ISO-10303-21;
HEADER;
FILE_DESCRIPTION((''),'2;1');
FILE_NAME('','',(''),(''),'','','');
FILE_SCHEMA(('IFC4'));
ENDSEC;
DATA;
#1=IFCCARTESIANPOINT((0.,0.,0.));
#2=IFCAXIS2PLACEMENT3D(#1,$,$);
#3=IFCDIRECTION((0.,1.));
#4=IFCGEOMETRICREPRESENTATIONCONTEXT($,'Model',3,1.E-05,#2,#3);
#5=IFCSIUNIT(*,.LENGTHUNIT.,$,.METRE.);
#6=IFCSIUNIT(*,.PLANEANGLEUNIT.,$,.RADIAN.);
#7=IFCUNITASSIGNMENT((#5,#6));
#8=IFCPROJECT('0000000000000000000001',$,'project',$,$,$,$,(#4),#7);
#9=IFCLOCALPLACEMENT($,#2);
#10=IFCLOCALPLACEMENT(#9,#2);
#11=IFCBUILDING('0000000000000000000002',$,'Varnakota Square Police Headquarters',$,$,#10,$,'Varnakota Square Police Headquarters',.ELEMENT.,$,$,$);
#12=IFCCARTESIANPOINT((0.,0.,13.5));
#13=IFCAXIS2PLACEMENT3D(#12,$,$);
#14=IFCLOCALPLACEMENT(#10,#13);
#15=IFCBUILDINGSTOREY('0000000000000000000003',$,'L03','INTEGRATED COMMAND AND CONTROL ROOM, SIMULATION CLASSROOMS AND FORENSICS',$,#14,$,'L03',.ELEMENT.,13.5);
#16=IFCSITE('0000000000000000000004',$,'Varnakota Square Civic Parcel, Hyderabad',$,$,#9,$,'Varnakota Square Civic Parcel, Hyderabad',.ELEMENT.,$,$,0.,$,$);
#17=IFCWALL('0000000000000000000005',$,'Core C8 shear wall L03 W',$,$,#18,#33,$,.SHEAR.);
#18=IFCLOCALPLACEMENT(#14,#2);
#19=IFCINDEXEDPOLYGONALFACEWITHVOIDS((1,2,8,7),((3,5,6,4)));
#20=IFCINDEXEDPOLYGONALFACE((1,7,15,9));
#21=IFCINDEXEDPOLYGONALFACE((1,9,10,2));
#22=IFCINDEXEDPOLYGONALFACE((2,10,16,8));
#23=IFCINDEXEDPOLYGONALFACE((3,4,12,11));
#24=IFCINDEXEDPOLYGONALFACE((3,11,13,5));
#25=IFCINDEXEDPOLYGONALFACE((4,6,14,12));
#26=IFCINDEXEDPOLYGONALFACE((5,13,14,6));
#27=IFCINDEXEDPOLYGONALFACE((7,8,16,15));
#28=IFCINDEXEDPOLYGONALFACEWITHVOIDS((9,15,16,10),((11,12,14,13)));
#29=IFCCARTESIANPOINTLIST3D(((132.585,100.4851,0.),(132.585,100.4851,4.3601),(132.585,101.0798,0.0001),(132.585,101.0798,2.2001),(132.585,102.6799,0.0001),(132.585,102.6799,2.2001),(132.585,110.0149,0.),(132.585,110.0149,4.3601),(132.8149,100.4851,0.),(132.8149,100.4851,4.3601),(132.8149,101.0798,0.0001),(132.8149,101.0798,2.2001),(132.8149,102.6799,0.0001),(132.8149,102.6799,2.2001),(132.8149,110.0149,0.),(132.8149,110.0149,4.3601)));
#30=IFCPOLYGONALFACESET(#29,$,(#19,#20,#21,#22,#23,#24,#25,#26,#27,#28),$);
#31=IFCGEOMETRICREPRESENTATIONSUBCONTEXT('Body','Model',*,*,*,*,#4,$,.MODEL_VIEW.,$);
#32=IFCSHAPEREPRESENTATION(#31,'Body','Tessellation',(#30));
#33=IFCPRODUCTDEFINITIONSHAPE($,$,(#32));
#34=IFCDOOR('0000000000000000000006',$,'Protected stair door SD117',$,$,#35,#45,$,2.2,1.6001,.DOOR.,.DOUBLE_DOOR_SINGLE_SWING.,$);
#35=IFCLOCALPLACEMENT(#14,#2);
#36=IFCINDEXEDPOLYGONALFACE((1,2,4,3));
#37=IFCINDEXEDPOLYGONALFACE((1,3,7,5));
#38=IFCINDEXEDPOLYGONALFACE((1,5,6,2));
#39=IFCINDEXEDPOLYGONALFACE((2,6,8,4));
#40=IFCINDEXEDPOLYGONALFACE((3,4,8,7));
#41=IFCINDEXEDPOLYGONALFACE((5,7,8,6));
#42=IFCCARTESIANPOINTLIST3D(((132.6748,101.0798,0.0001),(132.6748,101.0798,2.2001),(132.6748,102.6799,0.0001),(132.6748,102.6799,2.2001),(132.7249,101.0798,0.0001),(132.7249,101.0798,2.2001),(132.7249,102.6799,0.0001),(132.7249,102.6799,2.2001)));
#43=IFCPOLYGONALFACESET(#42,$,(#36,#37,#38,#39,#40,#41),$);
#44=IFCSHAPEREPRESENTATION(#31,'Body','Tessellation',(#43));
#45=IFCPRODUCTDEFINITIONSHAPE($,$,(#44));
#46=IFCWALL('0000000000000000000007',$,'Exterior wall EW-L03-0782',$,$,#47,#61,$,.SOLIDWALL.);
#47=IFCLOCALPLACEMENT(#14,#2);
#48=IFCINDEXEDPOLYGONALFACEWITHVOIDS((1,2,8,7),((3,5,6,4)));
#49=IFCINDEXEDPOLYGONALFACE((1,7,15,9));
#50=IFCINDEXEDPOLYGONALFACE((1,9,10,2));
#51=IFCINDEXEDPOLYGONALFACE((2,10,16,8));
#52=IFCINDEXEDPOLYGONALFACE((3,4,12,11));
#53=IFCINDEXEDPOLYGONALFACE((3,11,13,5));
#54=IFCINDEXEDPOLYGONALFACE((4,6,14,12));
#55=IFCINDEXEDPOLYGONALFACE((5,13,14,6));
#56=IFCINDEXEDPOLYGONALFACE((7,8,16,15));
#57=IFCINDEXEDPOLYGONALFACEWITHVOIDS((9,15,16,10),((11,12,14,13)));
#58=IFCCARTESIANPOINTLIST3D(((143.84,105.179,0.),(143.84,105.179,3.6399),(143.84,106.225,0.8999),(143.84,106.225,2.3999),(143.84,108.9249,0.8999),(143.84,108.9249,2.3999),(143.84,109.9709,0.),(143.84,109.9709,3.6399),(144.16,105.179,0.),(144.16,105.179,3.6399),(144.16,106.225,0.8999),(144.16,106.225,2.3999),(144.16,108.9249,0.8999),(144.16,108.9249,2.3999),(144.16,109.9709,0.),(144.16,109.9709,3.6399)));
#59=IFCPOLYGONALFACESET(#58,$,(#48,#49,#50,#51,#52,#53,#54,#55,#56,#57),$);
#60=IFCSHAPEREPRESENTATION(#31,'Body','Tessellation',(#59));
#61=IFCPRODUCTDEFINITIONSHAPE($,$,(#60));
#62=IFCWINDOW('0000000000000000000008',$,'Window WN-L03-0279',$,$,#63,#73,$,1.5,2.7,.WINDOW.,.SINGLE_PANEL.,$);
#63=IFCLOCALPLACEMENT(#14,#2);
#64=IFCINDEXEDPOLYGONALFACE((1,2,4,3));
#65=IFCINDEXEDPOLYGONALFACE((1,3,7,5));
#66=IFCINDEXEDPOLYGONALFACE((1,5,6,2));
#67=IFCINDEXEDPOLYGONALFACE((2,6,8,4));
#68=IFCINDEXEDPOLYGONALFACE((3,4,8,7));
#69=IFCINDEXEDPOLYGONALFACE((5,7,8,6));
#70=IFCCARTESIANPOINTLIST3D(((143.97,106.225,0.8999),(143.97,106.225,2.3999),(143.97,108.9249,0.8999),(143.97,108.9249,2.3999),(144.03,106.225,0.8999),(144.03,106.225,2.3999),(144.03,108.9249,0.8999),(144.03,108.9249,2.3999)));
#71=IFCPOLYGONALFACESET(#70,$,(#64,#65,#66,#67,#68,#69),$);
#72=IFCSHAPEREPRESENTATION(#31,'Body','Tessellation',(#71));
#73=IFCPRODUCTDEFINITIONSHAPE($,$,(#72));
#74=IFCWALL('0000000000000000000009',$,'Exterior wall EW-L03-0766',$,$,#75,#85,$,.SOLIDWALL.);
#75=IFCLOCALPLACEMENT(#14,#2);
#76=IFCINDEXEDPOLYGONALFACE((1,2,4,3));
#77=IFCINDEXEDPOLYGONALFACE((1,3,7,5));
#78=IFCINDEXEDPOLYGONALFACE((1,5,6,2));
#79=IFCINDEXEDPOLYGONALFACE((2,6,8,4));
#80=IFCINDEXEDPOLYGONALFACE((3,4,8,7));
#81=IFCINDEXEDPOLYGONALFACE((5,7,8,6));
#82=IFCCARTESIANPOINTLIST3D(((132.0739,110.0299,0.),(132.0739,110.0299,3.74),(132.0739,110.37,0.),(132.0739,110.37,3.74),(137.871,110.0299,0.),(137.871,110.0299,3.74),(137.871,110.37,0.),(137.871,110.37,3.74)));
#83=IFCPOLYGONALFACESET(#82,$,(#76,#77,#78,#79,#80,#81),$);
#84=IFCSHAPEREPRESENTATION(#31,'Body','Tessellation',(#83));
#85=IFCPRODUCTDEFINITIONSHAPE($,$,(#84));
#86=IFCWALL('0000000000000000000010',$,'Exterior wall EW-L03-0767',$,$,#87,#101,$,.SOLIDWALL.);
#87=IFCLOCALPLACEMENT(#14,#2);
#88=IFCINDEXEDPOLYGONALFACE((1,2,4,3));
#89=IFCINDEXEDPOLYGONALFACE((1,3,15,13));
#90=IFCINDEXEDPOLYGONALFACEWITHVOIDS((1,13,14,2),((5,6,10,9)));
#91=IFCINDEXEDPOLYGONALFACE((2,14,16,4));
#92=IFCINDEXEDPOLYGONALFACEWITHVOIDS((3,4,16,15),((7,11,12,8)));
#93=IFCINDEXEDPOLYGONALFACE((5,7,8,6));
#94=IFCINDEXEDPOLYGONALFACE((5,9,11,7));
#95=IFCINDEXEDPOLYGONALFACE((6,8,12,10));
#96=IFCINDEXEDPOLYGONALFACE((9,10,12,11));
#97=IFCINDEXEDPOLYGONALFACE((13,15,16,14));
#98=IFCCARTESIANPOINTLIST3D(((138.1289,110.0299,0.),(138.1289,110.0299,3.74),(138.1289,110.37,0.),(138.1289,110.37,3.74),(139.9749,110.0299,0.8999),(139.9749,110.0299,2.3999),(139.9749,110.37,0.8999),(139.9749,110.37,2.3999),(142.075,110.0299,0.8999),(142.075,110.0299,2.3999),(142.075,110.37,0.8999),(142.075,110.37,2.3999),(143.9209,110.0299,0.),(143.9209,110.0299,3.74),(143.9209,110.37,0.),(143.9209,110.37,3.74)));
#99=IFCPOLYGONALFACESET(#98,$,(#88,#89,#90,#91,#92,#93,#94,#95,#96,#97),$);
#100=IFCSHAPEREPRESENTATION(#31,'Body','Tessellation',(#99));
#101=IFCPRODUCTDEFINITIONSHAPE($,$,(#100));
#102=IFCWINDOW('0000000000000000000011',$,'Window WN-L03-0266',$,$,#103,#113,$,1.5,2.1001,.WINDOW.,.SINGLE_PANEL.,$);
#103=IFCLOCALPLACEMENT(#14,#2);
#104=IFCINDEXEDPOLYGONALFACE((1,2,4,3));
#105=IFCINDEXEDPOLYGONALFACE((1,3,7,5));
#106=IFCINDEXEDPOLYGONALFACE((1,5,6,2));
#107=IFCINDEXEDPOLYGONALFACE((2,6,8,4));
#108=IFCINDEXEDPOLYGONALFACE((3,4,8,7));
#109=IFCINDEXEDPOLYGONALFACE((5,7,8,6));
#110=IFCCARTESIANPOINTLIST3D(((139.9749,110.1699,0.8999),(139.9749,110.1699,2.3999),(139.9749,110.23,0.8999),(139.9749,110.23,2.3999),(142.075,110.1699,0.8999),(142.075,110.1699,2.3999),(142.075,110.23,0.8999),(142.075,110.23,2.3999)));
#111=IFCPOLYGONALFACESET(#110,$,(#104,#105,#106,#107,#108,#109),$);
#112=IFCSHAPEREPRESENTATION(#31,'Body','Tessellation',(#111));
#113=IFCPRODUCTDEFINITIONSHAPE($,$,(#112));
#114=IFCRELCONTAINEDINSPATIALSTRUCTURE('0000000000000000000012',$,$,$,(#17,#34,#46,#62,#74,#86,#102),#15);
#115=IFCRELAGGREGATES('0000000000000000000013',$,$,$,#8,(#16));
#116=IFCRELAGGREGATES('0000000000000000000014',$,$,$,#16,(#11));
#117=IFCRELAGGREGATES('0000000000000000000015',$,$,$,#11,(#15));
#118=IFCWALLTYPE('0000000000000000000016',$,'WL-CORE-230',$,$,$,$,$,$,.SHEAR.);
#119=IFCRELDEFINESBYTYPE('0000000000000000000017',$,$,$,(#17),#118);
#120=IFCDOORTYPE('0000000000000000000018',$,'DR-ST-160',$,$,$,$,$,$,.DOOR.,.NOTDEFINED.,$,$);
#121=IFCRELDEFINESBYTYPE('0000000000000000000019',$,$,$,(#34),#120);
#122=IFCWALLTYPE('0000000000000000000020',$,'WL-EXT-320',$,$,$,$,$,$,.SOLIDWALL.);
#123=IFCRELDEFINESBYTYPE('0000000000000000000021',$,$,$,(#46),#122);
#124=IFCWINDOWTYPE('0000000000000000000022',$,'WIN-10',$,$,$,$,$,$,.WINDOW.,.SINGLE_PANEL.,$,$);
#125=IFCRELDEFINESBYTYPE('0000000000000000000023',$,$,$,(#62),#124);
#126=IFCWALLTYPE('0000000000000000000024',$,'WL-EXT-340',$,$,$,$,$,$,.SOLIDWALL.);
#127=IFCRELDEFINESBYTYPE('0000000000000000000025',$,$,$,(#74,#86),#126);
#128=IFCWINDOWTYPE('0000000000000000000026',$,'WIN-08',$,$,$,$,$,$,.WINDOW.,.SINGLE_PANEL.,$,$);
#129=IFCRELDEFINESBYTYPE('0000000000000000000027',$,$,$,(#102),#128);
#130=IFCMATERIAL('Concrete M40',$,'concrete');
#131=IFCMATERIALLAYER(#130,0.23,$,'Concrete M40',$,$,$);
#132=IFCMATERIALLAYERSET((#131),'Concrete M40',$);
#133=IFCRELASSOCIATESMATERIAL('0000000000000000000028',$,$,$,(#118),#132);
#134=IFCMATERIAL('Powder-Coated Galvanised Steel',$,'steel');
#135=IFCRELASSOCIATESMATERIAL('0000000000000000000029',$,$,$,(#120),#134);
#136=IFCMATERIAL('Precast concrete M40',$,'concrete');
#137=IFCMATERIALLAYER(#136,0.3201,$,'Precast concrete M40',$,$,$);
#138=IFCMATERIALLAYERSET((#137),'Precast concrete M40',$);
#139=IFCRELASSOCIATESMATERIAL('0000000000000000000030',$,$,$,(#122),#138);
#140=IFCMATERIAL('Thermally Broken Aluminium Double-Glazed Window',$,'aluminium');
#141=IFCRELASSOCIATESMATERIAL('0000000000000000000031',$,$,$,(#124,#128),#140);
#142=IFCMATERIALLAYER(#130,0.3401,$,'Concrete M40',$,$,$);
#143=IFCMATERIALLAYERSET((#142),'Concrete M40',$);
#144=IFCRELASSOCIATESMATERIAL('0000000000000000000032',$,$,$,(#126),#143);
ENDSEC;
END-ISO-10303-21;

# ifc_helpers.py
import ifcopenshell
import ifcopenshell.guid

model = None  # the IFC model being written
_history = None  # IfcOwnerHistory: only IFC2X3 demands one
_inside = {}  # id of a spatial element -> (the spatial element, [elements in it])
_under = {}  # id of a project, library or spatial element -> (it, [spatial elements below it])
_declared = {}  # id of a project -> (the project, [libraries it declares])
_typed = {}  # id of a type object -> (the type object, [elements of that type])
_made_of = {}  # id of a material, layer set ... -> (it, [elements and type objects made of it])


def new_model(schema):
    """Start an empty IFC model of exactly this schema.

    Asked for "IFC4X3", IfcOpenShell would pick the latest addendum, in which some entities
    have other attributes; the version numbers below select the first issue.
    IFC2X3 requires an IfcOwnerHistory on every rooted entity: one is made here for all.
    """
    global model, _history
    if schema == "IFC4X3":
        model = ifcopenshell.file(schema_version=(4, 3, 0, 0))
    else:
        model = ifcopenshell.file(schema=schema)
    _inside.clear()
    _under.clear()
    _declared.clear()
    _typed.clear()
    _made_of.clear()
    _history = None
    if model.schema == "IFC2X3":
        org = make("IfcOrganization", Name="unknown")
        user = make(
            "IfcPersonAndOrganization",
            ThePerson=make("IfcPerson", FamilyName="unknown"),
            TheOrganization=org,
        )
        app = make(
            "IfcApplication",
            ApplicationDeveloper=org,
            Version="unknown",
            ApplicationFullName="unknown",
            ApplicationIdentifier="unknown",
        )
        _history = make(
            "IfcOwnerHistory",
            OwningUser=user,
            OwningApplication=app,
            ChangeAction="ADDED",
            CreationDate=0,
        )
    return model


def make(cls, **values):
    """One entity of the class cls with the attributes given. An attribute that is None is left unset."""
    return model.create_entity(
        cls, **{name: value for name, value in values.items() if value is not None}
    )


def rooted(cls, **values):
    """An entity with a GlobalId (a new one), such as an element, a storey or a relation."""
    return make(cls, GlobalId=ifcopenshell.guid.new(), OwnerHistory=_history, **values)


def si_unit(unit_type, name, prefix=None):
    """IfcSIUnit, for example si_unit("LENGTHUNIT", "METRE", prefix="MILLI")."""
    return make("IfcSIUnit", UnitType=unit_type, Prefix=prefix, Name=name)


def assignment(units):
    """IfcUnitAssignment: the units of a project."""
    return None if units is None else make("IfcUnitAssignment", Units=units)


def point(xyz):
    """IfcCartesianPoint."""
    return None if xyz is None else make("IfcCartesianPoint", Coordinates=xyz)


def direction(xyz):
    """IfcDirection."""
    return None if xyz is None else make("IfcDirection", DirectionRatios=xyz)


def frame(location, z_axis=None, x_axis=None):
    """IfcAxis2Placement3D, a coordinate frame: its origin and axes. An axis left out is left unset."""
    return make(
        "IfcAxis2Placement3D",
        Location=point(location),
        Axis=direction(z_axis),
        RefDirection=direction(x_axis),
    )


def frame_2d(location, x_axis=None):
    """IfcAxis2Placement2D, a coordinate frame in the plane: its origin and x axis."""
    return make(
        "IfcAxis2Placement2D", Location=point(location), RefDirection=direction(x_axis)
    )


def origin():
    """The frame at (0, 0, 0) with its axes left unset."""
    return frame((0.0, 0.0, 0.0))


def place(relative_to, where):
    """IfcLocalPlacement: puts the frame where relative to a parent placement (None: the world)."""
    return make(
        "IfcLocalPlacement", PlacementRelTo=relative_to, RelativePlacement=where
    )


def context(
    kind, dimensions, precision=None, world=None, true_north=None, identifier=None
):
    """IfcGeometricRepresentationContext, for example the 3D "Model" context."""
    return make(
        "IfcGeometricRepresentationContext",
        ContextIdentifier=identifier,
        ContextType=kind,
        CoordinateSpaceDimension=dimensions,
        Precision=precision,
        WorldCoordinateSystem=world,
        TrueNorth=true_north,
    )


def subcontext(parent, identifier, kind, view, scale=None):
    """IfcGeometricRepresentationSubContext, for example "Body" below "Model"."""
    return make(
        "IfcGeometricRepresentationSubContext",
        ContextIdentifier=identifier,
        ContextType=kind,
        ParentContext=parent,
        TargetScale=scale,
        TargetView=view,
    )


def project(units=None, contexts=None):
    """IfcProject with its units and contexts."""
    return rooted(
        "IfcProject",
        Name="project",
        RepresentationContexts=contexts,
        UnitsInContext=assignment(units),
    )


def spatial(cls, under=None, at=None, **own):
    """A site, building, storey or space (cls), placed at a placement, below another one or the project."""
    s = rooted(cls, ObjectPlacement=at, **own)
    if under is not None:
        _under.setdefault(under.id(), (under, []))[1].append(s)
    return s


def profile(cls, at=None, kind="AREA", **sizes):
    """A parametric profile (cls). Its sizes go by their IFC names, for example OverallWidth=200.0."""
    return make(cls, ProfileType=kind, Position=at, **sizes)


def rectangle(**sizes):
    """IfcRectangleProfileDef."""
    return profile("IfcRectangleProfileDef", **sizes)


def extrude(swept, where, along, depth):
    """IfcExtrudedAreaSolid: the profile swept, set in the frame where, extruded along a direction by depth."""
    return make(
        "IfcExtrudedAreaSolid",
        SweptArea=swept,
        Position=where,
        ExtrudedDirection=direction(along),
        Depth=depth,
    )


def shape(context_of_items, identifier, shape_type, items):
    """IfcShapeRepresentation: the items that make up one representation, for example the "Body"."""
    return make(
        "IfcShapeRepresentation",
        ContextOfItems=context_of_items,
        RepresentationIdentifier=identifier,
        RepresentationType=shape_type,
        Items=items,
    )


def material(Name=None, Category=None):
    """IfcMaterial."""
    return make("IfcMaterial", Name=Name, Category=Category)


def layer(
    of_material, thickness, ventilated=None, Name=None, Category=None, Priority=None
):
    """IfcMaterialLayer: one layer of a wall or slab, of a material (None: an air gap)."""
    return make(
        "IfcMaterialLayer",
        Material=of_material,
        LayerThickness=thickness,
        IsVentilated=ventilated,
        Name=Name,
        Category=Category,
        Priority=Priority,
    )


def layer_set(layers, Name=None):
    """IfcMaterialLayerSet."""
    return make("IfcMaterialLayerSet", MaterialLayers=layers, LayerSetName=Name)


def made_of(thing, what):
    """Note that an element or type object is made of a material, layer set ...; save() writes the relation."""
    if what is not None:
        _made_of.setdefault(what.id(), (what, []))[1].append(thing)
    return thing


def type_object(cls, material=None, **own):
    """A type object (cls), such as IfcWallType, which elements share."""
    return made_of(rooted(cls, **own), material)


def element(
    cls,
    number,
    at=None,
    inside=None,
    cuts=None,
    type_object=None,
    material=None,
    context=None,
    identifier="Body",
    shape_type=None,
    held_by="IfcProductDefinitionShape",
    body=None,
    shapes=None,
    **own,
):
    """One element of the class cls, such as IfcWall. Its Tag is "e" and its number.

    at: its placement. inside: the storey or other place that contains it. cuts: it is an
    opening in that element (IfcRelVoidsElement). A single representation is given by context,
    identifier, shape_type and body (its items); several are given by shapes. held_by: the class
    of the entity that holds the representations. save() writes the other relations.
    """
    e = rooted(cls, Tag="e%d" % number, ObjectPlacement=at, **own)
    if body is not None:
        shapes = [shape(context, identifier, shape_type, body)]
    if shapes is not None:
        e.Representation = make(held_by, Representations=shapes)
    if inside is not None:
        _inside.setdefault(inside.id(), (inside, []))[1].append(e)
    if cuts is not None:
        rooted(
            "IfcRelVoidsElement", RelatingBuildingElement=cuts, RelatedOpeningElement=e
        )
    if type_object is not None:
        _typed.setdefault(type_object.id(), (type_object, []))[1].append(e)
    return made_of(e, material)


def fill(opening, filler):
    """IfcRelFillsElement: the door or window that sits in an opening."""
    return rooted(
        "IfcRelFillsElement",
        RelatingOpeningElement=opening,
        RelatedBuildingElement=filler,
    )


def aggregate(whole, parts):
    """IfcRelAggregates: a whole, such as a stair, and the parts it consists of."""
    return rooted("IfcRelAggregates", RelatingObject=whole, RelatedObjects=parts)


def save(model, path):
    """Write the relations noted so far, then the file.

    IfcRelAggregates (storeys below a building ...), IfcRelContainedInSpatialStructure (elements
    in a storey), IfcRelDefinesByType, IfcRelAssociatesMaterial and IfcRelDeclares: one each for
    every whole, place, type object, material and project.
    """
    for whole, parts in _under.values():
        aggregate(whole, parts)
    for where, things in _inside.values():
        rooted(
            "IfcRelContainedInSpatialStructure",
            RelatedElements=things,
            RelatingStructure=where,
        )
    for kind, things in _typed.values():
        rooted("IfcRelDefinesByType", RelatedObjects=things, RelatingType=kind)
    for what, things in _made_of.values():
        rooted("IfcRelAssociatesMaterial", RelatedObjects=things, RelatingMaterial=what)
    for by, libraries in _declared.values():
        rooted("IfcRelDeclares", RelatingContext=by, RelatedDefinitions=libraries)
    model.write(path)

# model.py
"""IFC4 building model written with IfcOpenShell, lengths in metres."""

from ifc_helpers import new_model, si_unit, direction, frame, frame_2d, origin, place, context, subcontext, project, spatial, rectangle, extrude, material, layer, layer_set, type_object, element, fill, save


model = new_model("IFC4")

# Units and contexts
model_context = context("Model", 3, precision=1e-05, world=origin(), true_north=direction((0.0, 1.0)))
body_context = subcontext(model_context, "Body", "Model", "MODEL_VIEW")
ifc_project = project(units=[si_unit("LENGTHUNIT", "METRE"), si_unit("PLANEANGLEUNIT", "RADIAN")], contexts=[model_context])

# Site, building, storey
site_placement = place(None, origin())
site = spatial("IfcSite", under=ifc_project, at=site_placement, Name="Varnakota Square Civic Parcel, Hyderabad", LongName="Varnakota Square Civic Parcel, Hyderabad", CompositionType="ELEMENT", RefElevation=0.0)
building_placement = place(site_placement, origin())
building = spatial("IfcBuilding", under=site, at=building_placement, Name="Varnakota Square Police Headquarters", LongName="Varnakota Square Police Headquarters", CompositionType="ELEMENT")
storey_placement = place(building_placement, frame((0.0, 0.0, 13.5)))
storey = spatial("IfcBuildingStorey", under=building, at=storey_placement, Name="L03", Description="INTEGRATED COMMAND AND CONTROL ROOM, SIMULATION CLASSROOMS AND FORENSICS", LongName="L03", CompositionType="ELEMENT", Elevation=13.5)

# Shared definitions
ifc_material_1 = material(Name="Concrete M40", Category="concrete")
ifc_layer_1 = layer(ifc_material_1, 0.23, Name="Concrete M40")
ifc_layer_set_1 = layer_set([ifc_layer_1], Name="Concrete M40")
wall_type_1 = type_object("IfcWallType", Name="WL-CORE-230", PredefinedType="SHEAR", material=ifc_layer_set_1)

# Wall, opening, door
wall_1_placement = place(storey_placement, frame((132.7, 110.0149, 0.0), z_axis=(0.0, 0.0, 1.0), x_axis=(0.0, -1.0, 0.0)))
wall_1 = element("IfcWall", 1, at=wall_1_placement, inside=storey, type_object=wall_type_1, Name="Core C8 shear wall L03 W", PredefinedType="SHEAR", context=body_context, shape_type="SweptSolid", body=[
    extrude(rectangle(XDim=9.5298, YDim=0.23, at=frame_2d((4.7649, 0.0))), origin(), (0.0, 0.0, 1.0), 4.3601),
])
opening_1_placement = place(wall_1_placement, frame((7.335, 0.0, 0.0)))
opening_1 = element("IfcOpeningElement", 2, at=opening_1_placement, cuts=wall_1, PredefinedType="OPENING", context=body_context, shape_type="SweptSolid", body=[
    extrude(rectangle(XDim=1.6001, YDim=2.2, at=frame_2d((0.8, 1.1001))), frame((0.0, 0.125, 0.0), z_axis=(0.0, -1.0, 0.0), x_axis=(1.0, 0.0, 0.0)), (0.0, 0.0, 1.0), 0.25),
])
ifc_material_2 = material(Name="Powder-Coated Galvanised Steel", Category="steel")
door_type = type_object("IfcDoorType", Name="DR-ST-160", OperationType="NOTDEFINED", PredefinedType="DOOR", material=ifc_material_2)
door_placement = place(opening_1_placement, origin())
door = element("IfcDoor", 3, at=door_placement, inside=storey, type_object=door_type, Name="Protected stair door SD117", OperationType="DOUBLE_DOOR_SINGLE_SWING", OverallHeight=2.2, OverallWidth=1.6001, PredefinedType="DOOR", context=body_context, shape_type="SweptSolid", body=[
    extrude(rectangle(XDim=1.6001, YDim=2.2, at=frame_2d((0.8, 1.1001))), frame((0.0, 0.0249, 0.0), z_axis=(0.0, -1.0, 0.0), x_axis=(1.0, 0.0, 0.0)), (0.0, 0.0, 1.0), 0.05),
])
fill(opening_1, door)

# Wall, opening, window
ifc_material_3 = material(Name="Precast concrete M40", Category="concrete")
ifc_layer_2 = layer(ifc_material_3, 0.3201, Name="Precast concrete M40")
ifc_layer_set_2 = layer_set([ifc_layer_2], Name="Precast concrete M40")
wall_type_2 = type_object("IfcWallType", Name="WL-EXT-320", PredefinedType="SOLIDWALL", material=ifc_layer_set_2)
wall_2_placement = place(storey_placement, frame((144.0, 105.179, 0.0), z_axis=(0.0, 0.0, 1.0), x_axis=(0.0, 1.0, 0.0)))
wall_2 = element("IfcWall", 4, at=wall_2_placement, inside=storey, type_object=wall_type_2, Name="Exterior wall EW-L03-0782", PredefinedType="SOLIDWALL", context=body_context, shape_type="SweptSolid", body=[
    extrude(rectangle(XDim=4.792, YDim=0.3201, at=frame_2d((2.396, 0.0))), origin(), (0.0, 0.0, 1.0), 3.6399),
])
opening_2_placement = place(wall_2_placement, frame((1.0459, 0.0, 0.8999)))
opening_2 = element("IfcOpeningElement", 5, at=opening_2_placement, cuts=wall_2, PredefinedType="OPENING", context=body_context, shape_type="SweptSolid", body=[
    extrude(rectangle(XDim=2.7, YDim=1.5, at=frame_2d((1.3501, 0.75))), frame((0.0, 0.1699, 0.0), z_axis=(0.0, -1.0, 0.0), x_axis=(1.0, 0.0, 0.0)), (0.0, 0.0, 1.0), 0.3401),
])
ifc_material_4 = material(Name="Thermally Broken Aluminium Double-Glazed Window", Category="aluminium")
window_type_1 = type_object("IfcWindowType", Name="WIN-10", PartitioningType="SINGLE_PANEL", PredefinedType="WINDOW", material=ifc_material_4)
window_1_placement = place(opening_2_placement, origin())
window_1 = element("IfcWindow", 6, at=window_1_placement, inside=storey, type_object=window_type_1, Name="Window WN-L03-0279", OverallHeight=1.5, OverallWidth=2.7, PartitioningType="SINGLE_PANEL", PredefinedType="WINDOW", context=body_context, shape_type="SweptSolid", body=[
    extrude(rectangle(XDim=2.7, YDim=1.5, at=frame_2d((1.3501, 0.75))), frame((0.0, 0.03, 0.0), z_axis=(0.0, -1.0, 0.0), x_axis=(1.0, 0.0, 0.0)), (0.0, 0.0, 1.0), 0.0601),
])
fill(opening_2, window_1)

# Wall
ifc_layer_3 = layer(ifc_material_1, 0.3401, Name="Concrete M40")
ifc_layer_set_3 = layer_set([ifc_layer_3], Name="Concrete M40")
wall_type_3 = type_object("IfcWallType", Name="WL-EXT-340", PredefinedType="SOLIDWALL", material=ifc_layer_set_3)
wall_3_placement = place(storey_placement, frame((132.074, 110.2, 0.0), z_axis=(0.0, 0.0, 1.0), x_axis=(1.0, 0.0, 0.0)))
element("IfcWall", 7, at=wall_3_placement, inside=storey, type_object=wall_type_3, Name="Exterior wall EW-L03-0766", PredefinedType="SOLIDWALL", context=body_context, shape_type="SweptSolid", body=[
    extrude(rectangle(XDim=5.7971, YDim=0.3401, at=frame_2d((2.8984, 0.0))), origin(), (0.0, 0.0, 1.0), 3.74),
])

# Wall, opening, window
wall_4_placement = place(storey_placement, frame((138.1289, 110.2, 0.0), z_axis=(0.0, 0.0, 1.0), x_axis=(1.0, 0.0, 0.0)))
wall_4 = element("IfcWall", 8, at=wall_4_placement, inside=storey, type_object=wall_type_3, Name="Exterior wall EW-L03-0767", PredefinedType="SOLIDWALL", context=body_context, shape_type="SweptSolid", body=[
    extrude(rectangle(XDim=5.792, YDim=0.3401, at=frame_2d((2.896, 0.0))), origin(), (0.0, 0.0, 1.0), 3.74),
])
opening_3_placement = place(wall_4_placement, frame((1.8459, 0.0, 0.8999)))
opening_3 = element("IfcOpeningElement", 9, at=opening_3_placement, cuts=wall_4, PredefinedType="OPENING", context=body_context, shape_type="SweptSolid", body=[
    extrude(rectangle(XDim=2.1001, YDim=1.5, at=frame_2d((1.05, 0.75))), frame((0.0, 0.1799, 0.0), z_axis=(0.0, -1.0, 0.0), x_axis=(1.0, 0.0, 0.0)), (0.0, 0.0, 1.0), 0.3601),
])
window_type_2 = type_object("IfcWindowType", Name="WIN-08", PartitioningType="SINGLE_PANEL", PredefinedType="WINDOW", material=ifc_material_4)
window_2_placement = place(opening_3_placement, origin())
window_2 = element("IfcWindow", 10, at=window_2_placement, inside=storey, type_object=window_type_2, Name="Window WN-L03-0266", OverallHeight=1.5, OverallWidth=2.1001, PartitioningType="SINGLE_PANEL", PredefinedType="WINDOW", context=body_context, shape_type="SweptSolid", body=[
    extrude(rectangle(XDim=2.1001, YDim=1.5, at=frame_2d((1.05, 0.75))), frame((0.0, 0.03, 0.0), z_axis=(0.0, -1.0, 0.0), x_axis=(1.0, 0.0, 0.0)), (0.0, 0.0, 1.0), 0.0601),
])
fill(opening_3, window_2)

save(model, "model.ifc")
